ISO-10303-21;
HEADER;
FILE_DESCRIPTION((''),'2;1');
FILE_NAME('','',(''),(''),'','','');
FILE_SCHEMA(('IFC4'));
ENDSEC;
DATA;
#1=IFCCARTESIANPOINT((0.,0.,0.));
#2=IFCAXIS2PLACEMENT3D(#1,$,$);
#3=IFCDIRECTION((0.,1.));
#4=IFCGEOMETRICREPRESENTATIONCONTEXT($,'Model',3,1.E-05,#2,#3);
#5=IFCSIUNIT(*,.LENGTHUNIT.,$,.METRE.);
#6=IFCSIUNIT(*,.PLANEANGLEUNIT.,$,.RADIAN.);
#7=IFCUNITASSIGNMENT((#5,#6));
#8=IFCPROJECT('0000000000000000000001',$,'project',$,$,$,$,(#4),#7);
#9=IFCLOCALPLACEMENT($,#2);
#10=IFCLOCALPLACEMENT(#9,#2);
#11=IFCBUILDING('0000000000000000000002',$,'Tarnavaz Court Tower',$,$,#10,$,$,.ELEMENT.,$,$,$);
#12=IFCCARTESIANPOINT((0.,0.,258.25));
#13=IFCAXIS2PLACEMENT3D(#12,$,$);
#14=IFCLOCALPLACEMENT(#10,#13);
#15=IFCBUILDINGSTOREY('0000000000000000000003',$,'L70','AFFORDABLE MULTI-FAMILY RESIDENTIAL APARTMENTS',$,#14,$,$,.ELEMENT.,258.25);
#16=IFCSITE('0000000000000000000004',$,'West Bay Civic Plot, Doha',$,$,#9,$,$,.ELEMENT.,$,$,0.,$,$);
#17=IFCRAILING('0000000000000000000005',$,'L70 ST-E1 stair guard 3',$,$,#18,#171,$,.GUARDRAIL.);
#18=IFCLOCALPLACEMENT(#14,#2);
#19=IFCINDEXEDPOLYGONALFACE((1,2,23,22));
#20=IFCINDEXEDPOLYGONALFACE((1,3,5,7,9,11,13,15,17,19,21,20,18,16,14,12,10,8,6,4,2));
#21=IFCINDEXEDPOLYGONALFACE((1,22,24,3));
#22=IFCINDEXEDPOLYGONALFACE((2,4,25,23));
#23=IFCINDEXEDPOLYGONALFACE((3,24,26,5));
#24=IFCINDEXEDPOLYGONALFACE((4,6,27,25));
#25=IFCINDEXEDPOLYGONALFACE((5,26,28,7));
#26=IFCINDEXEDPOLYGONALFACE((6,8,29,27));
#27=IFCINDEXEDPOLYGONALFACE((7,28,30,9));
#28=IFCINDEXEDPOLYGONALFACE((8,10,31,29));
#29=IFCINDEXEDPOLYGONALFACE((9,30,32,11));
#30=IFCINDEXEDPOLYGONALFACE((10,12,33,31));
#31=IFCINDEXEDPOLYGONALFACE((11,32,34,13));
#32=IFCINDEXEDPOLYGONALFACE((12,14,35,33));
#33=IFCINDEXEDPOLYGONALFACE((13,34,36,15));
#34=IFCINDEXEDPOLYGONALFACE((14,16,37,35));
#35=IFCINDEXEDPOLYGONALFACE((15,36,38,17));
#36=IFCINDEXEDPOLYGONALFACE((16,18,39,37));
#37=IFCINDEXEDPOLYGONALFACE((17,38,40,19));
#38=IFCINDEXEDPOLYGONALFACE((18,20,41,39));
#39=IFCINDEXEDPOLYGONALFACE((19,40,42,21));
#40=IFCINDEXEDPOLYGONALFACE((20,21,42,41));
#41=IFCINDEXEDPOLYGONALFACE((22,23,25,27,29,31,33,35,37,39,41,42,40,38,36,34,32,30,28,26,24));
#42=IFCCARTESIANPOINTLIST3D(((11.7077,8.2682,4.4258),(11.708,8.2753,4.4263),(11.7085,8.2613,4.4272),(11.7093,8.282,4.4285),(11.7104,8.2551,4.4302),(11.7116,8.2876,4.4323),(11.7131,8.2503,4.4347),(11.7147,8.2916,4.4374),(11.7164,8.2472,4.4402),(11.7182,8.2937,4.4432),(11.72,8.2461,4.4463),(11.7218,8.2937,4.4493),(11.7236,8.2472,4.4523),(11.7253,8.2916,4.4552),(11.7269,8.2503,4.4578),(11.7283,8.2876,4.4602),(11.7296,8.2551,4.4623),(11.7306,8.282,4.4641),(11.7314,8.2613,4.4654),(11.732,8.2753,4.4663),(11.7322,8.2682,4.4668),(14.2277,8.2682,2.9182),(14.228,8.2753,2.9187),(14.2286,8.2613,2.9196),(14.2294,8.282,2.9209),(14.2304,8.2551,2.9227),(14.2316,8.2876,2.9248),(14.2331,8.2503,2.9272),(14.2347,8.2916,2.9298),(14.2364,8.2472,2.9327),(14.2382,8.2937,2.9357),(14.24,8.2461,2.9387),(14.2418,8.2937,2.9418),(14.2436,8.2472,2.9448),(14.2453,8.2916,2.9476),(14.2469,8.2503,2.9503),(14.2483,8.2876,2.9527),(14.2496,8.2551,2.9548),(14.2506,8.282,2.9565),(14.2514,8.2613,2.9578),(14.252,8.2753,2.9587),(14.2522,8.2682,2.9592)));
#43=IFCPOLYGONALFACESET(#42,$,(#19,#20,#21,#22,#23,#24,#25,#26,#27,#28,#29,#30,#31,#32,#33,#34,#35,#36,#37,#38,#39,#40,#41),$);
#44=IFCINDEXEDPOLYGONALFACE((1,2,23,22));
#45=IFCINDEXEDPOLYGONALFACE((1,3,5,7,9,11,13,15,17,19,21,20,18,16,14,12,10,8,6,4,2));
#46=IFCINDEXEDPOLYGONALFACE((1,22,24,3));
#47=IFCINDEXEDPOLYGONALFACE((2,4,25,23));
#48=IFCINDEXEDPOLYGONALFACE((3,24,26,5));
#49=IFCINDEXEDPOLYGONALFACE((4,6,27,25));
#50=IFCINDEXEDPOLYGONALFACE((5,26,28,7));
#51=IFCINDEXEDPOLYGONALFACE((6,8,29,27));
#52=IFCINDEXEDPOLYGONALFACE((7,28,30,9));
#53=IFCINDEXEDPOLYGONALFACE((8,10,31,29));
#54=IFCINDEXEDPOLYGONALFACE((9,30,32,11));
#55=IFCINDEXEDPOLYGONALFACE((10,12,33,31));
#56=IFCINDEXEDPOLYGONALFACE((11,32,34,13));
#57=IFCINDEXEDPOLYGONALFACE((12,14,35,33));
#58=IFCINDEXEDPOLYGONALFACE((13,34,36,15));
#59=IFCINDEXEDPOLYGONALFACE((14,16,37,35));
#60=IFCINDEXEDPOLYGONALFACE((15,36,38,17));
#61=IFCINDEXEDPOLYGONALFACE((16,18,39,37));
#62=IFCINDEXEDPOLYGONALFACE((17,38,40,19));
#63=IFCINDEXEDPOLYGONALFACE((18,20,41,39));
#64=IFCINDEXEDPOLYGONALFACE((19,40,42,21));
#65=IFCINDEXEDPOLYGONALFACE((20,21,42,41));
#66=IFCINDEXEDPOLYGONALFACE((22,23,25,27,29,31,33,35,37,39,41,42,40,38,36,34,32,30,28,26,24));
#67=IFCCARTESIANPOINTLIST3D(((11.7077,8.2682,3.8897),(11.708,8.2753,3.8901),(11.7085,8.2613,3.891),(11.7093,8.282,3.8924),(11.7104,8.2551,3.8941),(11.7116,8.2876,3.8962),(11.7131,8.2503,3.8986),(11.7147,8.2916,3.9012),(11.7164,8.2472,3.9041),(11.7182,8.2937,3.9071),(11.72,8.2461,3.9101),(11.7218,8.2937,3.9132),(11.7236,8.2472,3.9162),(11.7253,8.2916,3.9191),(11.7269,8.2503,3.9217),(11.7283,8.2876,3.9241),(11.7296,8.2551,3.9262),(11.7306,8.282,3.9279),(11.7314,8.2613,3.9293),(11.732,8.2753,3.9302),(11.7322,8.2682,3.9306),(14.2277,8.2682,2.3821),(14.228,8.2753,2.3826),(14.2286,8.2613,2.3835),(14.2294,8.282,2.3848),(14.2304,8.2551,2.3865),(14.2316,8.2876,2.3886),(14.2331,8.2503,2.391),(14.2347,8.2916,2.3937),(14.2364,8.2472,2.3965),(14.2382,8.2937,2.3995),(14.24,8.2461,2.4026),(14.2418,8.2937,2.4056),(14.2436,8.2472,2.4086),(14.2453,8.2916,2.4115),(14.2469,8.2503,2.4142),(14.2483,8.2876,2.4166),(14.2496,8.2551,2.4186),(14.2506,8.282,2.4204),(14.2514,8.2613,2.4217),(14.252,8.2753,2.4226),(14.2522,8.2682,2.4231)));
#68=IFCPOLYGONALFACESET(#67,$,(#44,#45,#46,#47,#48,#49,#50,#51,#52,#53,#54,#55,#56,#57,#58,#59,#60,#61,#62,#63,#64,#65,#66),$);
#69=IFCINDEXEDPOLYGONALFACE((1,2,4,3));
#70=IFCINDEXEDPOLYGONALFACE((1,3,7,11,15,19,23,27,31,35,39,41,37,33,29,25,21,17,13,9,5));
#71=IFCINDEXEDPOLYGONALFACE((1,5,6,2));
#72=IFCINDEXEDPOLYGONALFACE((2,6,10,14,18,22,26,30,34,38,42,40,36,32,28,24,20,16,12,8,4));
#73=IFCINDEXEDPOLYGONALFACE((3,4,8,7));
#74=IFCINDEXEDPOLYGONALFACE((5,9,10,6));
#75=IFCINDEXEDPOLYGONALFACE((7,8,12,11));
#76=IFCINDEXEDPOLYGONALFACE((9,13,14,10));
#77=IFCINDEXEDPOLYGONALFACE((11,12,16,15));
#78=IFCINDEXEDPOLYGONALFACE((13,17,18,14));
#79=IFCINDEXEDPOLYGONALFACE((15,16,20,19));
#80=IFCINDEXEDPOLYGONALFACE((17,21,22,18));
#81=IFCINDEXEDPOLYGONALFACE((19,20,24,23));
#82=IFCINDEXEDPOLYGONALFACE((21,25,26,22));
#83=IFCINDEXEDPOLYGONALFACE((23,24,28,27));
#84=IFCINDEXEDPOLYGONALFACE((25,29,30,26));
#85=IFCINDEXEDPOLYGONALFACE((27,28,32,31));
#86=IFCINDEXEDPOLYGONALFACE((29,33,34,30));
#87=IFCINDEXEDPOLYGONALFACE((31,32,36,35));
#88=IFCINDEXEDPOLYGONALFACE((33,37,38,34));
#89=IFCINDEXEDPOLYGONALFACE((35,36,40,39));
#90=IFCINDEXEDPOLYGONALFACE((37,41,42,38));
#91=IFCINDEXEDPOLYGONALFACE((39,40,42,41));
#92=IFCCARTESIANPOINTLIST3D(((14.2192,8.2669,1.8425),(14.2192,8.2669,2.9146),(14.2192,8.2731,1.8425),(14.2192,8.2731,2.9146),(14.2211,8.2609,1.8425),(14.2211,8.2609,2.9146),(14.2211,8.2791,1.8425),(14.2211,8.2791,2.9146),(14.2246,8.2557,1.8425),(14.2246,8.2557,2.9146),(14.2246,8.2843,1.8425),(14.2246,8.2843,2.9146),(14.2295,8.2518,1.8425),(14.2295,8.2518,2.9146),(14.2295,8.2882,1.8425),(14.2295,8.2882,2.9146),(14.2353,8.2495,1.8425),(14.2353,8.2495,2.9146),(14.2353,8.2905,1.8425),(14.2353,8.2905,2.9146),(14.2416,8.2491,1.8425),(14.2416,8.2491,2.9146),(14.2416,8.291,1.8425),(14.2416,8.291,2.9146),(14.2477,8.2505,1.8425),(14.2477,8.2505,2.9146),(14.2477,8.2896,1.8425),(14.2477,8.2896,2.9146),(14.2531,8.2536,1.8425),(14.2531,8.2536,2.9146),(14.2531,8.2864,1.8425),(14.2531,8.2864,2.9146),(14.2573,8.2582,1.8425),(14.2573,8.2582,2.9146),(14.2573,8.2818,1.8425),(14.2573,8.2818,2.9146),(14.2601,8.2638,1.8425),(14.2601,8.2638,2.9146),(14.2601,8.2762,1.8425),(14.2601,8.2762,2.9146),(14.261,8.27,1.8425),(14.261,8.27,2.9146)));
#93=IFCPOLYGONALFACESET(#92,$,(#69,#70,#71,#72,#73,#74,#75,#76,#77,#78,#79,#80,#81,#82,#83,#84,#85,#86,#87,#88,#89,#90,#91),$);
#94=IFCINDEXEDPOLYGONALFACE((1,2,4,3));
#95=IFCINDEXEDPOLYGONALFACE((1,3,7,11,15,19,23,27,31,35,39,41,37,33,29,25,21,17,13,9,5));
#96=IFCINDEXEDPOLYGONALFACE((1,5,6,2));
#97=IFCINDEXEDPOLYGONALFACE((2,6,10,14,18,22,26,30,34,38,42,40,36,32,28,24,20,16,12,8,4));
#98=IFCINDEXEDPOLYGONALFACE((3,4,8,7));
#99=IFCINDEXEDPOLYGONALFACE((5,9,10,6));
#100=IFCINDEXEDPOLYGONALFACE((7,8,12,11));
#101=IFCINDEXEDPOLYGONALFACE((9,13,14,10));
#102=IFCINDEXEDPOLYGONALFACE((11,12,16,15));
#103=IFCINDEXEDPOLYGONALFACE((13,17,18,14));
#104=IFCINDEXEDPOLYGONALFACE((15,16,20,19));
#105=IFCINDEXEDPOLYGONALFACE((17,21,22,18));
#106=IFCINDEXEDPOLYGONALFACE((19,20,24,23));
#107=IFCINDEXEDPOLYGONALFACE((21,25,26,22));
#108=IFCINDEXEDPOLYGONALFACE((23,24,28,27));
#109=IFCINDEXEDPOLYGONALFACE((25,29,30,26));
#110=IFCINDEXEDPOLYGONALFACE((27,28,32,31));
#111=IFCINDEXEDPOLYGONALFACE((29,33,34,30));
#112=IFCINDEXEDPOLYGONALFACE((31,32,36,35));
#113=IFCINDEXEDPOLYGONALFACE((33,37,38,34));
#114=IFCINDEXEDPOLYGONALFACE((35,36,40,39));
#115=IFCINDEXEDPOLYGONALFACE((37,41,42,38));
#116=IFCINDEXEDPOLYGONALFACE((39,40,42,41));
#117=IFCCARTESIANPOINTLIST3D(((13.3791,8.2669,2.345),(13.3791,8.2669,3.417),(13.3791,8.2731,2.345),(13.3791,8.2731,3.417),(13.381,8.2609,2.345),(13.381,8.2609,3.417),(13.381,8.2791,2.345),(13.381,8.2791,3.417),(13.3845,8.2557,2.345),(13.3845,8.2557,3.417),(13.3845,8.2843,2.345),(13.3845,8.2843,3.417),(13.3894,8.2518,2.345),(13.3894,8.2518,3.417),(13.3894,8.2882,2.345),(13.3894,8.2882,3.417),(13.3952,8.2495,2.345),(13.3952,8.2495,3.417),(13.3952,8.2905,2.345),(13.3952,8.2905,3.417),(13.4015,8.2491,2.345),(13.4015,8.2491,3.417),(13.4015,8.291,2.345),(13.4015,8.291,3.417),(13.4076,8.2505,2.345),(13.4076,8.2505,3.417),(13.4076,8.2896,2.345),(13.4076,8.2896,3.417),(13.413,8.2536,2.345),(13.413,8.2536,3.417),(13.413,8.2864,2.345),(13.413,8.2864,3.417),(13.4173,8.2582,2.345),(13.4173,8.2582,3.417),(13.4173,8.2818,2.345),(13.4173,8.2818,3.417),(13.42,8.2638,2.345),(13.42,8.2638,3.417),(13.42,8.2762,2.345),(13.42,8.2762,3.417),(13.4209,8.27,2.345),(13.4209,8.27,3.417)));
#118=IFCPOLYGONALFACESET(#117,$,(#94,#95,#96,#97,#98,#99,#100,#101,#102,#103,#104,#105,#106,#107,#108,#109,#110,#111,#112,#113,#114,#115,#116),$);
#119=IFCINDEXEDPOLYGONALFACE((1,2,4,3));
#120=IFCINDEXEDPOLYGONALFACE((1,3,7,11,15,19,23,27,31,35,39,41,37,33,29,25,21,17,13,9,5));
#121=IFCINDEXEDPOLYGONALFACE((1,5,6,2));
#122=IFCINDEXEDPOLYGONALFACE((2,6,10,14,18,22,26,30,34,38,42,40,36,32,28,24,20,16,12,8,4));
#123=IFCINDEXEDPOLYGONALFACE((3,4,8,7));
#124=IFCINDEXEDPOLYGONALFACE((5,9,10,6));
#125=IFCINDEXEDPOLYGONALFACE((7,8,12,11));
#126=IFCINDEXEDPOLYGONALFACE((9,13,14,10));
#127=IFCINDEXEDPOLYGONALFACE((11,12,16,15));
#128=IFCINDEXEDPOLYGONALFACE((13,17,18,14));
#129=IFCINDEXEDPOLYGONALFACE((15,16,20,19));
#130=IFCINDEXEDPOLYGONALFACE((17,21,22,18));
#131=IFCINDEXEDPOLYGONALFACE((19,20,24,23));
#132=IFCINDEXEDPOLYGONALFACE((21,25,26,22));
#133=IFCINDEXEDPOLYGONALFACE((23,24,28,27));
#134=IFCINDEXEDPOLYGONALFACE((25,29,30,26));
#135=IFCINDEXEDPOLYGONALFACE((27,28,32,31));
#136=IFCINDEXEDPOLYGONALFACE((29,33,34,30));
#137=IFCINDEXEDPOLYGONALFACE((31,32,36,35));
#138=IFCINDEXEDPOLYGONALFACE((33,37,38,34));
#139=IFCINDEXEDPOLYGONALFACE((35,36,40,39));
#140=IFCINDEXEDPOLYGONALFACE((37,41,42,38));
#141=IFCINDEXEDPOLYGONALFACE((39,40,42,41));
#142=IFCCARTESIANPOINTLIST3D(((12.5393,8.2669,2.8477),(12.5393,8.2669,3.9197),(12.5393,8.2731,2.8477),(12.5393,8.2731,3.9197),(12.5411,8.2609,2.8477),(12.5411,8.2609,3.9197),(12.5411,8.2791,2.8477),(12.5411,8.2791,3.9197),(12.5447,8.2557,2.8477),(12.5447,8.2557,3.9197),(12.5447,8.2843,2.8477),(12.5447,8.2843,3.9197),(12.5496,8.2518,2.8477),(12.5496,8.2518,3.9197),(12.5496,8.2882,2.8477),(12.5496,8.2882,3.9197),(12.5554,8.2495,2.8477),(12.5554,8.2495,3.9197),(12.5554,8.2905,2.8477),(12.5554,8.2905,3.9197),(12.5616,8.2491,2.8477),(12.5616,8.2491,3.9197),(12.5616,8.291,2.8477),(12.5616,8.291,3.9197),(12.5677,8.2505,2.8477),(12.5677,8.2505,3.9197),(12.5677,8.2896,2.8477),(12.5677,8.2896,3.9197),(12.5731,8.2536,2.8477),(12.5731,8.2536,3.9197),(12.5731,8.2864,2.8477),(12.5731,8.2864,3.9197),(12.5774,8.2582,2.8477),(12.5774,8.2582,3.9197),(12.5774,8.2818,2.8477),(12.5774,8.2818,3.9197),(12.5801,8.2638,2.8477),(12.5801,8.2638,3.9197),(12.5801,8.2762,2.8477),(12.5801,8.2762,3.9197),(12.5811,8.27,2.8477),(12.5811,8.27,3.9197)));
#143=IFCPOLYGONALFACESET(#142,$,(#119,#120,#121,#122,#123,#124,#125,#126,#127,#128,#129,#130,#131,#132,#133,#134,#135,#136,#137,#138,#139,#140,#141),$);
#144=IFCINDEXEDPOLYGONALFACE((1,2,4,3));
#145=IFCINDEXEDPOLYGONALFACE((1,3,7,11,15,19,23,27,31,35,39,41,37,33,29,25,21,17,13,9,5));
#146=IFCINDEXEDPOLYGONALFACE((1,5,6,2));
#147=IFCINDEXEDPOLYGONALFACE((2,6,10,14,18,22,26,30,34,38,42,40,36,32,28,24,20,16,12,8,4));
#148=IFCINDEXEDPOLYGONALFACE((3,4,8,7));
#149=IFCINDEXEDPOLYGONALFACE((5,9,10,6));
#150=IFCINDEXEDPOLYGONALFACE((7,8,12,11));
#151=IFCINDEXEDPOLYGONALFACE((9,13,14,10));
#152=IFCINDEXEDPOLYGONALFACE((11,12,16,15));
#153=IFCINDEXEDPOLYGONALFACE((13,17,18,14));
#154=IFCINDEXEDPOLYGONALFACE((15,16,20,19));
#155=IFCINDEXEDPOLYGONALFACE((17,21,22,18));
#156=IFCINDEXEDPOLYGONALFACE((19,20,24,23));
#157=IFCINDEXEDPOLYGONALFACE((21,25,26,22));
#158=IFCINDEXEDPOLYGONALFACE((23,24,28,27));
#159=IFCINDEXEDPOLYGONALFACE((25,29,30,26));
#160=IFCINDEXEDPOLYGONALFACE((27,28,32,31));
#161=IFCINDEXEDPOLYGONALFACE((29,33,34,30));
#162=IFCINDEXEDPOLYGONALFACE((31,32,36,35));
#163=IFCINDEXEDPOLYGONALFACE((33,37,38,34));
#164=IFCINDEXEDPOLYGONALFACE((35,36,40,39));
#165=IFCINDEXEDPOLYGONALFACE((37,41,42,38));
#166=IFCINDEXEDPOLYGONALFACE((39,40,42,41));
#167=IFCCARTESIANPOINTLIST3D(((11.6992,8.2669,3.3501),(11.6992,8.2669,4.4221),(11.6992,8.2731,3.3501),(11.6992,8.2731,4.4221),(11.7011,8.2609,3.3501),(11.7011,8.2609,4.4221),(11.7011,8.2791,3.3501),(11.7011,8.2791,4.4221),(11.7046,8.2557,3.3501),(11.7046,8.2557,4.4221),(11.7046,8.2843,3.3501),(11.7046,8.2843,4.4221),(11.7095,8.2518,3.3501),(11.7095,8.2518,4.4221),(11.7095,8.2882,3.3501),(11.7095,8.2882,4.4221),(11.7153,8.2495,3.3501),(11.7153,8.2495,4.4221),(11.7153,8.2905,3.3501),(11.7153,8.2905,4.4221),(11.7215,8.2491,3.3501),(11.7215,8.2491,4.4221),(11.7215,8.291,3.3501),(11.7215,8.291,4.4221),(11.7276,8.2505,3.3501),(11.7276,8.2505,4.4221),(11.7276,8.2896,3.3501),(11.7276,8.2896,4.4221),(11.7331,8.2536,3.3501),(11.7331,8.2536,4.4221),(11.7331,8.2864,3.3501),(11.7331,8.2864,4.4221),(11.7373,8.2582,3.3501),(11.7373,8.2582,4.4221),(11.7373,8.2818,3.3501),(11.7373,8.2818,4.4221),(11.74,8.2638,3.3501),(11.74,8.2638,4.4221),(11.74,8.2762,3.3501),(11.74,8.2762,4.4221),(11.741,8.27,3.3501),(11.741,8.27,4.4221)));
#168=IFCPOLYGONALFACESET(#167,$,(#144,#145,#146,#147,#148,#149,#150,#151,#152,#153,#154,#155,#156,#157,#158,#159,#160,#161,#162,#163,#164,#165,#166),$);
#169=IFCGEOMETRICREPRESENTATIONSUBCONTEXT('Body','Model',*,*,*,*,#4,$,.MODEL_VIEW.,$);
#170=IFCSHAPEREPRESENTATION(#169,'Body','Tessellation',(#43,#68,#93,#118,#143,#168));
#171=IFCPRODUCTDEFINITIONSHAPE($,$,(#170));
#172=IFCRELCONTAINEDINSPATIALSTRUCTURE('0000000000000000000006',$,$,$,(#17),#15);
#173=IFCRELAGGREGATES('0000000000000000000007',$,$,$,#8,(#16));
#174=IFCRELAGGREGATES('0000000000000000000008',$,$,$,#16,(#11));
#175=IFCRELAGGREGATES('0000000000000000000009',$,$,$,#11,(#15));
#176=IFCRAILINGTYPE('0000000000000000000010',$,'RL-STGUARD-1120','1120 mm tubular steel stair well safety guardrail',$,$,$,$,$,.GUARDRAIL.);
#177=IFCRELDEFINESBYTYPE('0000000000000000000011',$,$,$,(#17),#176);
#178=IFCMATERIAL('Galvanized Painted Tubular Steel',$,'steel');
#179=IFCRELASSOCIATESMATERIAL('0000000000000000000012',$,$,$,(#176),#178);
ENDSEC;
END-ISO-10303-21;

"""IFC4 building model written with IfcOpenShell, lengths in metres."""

from ifc_helpers import new_model, si_unit, direction, frame, origin, origin_2d, place, context, subcontext, project, spatial, circle, extrude, material, type_object, element, save


model = new_model("IFC4")

# Units and contexts
model_context = context("Model", 3, precision=1e-05, world=origin(), true_north=direction((0.0, 1.0)))
body_context = subcontext(model_context, "Body", "Model", "MODEL_VIEW")
ifc_project = project(units=[si_unit("LENGTHUNIT", "METRE"), si_unit("PLANEANGLEUNIT", "RADIAN")], contexts=[model_context])

# Site, building, storey
site_placement = place(None, origin())
site = spatial("IfcSite", under=ifc_project, at=site_placement, Name="West Bay Civic Plot, Doha", CompositionType="ELEMENT", RefElevation=0.0)
building_placement = place(site_placement, origin())
building = spatial("IfcBuilding", under=site, at=building_placement, Name="Tarnavaz Court Tower", CompositionType="ELEMENT")
storey_placement = place(building_placement, frame((0.0, 0.0, 258.25)))
storey = spatial("IfcBuildingStorey", under=building, at=storey_placement, Name="L70", Description="AFFORDABLE MULTI-FAMILY RESIDENTIAL APARTMENTS", CompositionType="ELEMENT", Elevation=258.25)

# Railing
ifc_material_1 = material(Name="Galvanized Painted Tubular Steel", Category="steel")
railing_type_1 = type_object("IfcRailingType", Name="RL-STGUARD-1120", Description="1120 mm tubular steel stair well safety guardrail", PredefinedType="GUARDRAIL", material=ifc_material_1)
railing_1_placement = place(storey_placement, frame((14.24, 8.27, 1.8425)))
element("IfcRailing", 1, at=railing_1_placement, inside=storey, type_object=railing_type_1, Name="L70 ST-E1 stair guard 3", PredefinedType="GUARDRAIL", context=body_context, shape_type="SweptSolid", body=[
    extrude(circle(Radius=0.0239, at=origin_2d()), frame((0.0, 0.0, 1.0962), z_axis=(-0.85816, 0.0, 0.513383), x_axis=(0.0, -1.0, 0.0)), (0.0, 0.0, 1.0), 2.9365),
    extrude(circle(Radius=0.0239, at=origin_2d()), frame((0.0, 0.0, 0.5601), z_axis=(-0.85816, 0.0, 0.513383), x_axis=(0.0, -1.0, 0.0)), (0.0, 0.0, 1.0), 2.9365),
    extrude(circle(Radius=0.021, at=origin_2d()), origin(), (0.0, 0.0, 1.0), 1.072),
    extrude(circle(Radius=0.021, at=origin_2d()), frame((-0.8401, 0.0, 0.5024)), (0.0, 0.0, 1.0), 1.072),
    extrude(circle(Radius=0.021, at=origin_2d()), frame((-1.6799, 0.0, 1.0051)), (0.0, 0.0, 1.0), 1.072),
    extrude(circle(Radius=0.021, at=origin_2d()), frame((-2.52, 0.0, 1.5076)), (0.0, 0.0, 1.0), 1.072),
])

save(model, "model.ifc")
